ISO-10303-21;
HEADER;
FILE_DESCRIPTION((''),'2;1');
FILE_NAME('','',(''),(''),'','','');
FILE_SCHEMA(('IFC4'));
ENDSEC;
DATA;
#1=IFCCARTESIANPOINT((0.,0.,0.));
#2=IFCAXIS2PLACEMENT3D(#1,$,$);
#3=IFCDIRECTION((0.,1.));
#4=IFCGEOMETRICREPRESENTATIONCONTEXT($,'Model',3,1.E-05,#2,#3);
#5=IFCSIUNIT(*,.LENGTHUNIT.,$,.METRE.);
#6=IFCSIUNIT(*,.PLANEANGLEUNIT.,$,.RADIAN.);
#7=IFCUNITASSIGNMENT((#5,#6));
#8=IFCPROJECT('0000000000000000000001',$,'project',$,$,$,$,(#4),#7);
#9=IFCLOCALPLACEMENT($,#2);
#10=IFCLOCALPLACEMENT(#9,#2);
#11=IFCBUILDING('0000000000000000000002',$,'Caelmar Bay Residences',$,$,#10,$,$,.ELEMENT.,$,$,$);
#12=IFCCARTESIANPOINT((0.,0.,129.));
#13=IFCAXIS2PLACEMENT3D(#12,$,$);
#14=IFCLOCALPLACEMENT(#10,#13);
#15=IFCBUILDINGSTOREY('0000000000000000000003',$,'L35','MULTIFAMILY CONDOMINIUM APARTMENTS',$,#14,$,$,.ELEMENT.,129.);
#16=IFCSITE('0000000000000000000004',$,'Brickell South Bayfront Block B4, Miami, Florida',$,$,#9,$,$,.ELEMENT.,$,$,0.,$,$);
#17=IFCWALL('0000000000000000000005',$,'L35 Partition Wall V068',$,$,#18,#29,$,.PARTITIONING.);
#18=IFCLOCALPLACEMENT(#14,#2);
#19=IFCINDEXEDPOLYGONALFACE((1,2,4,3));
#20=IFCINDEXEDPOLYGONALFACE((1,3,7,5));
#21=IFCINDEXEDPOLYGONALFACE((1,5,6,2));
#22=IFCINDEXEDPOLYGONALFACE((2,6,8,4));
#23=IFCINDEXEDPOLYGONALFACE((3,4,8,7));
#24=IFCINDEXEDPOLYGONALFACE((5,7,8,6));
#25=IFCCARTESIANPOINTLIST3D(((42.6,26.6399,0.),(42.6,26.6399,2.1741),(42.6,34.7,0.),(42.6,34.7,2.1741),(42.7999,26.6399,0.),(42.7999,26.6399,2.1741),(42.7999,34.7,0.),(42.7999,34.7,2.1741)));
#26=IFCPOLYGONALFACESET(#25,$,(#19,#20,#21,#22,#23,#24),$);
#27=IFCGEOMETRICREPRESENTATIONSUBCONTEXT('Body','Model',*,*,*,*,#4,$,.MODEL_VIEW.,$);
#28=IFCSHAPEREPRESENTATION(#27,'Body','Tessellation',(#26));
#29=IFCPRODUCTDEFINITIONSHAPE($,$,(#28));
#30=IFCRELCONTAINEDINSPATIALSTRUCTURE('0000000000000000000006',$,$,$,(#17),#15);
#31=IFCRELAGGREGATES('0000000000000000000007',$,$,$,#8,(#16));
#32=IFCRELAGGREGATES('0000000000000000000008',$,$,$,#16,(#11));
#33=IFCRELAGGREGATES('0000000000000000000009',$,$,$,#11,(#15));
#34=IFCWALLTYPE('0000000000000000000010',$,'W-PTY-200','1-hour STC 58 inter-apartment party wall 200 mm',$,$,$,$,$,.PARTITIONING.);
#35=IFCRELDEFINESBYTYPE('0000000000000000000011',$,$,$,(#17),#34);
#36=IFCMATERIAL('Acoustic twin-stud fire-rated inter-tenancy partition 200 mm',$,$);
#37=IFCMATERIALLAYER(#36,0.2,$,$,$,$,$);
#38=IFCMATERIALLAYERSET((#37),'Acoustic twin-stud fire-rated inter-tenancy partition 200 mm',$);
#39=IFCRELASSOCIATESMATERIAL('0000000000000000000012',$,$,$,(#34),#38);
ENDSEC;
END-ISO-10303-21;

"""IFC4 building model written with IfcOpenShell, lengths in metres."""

from ifc_helpers import new_model, si_unit, direction, frame, frame_2d, origin, place, context, subcontext, project, spatial, rectangle, extrude, material, layer, layer_set, type_object, element, save


model = new_model("IFC4")

# Units and contexts
model_context = context("Model", 3, precision=1e-05, world=origin(), true_north=direction((0.0, 1.0)))
body_context = subcontext(model_context, "Body", "Model", "MODEL_VIEW")
ifc_project = project(units=[si_unit("LENGTHUNIT", "METRE"), si_unit("PLANEANGLEUNIT", "RADIAN")], contexts=[model_context])

# Site, building, storey
site_placement = place(None, origin())
site = spatial("IfcSite", under=ifc_project, at=site_placement, Name="Brickell South Bayfront Block B4, Miami, Florida", CompositionType="ELEMENT", RefElevation=0.0)
building_placement = place(site_placement, origin())
building = spatial("IfcBuilding", under=site, at=building_placement, Name="Caelmar Bay Residences", CompositionType="ELEMENT")
storey_placement = place(building_placement, frame((0.0, 0.0, 129.0)))
storey = spatial("IfcBuildingStorey", under=building, at=storey_placement, Name="L35", Description="MULTIFAMILY CONDOMINIUM APARTMENTS", CompositionType="ELEMENT", Elevation=129.0)

# Wall
ifc_material_1 = material(Name="Acoustic twin-stud fire-rated inter-tenancy partition 200 mm")
ifc_layer_1 = layer(ifc_material_1, 0.2)
ifc_layer_set_1 = layer_set([ifc_layer_1], Name="Acoustic twin-stud fire-rated inter-tenancy partition 200 mm")
wall_type_1 = type_object("IfcWallType", Name="W-PTY-200", Description="1-hour STC 58 inter-apartment party wall 200 mm", PredefinedType="PARTITIONING", material=ifc_layer_set_1)
wall_1_placement = place(storey_placement, frame((42.7, 26.6399, 0.0), z_axis=(0.0, 0.0, 1.0), x_axis=(0.0, 1.0, 0.0)))
element("IfcWall", 1, at=wall_1_placement, inside=storey, type_object=wall_type_1, Name="L35 Partition Wall V068", PredefinedType="PARTITIONING", context=body_context, shape_type="SweptSolid", body=[
    extrude(rectangle(XDim=8.0601, YDim=0.2, at=frame_2d((4.03, 0.0))), origin(), (0.0, 0.0, 1.0), 2.1741),
])

save(model, "model.ifc")
